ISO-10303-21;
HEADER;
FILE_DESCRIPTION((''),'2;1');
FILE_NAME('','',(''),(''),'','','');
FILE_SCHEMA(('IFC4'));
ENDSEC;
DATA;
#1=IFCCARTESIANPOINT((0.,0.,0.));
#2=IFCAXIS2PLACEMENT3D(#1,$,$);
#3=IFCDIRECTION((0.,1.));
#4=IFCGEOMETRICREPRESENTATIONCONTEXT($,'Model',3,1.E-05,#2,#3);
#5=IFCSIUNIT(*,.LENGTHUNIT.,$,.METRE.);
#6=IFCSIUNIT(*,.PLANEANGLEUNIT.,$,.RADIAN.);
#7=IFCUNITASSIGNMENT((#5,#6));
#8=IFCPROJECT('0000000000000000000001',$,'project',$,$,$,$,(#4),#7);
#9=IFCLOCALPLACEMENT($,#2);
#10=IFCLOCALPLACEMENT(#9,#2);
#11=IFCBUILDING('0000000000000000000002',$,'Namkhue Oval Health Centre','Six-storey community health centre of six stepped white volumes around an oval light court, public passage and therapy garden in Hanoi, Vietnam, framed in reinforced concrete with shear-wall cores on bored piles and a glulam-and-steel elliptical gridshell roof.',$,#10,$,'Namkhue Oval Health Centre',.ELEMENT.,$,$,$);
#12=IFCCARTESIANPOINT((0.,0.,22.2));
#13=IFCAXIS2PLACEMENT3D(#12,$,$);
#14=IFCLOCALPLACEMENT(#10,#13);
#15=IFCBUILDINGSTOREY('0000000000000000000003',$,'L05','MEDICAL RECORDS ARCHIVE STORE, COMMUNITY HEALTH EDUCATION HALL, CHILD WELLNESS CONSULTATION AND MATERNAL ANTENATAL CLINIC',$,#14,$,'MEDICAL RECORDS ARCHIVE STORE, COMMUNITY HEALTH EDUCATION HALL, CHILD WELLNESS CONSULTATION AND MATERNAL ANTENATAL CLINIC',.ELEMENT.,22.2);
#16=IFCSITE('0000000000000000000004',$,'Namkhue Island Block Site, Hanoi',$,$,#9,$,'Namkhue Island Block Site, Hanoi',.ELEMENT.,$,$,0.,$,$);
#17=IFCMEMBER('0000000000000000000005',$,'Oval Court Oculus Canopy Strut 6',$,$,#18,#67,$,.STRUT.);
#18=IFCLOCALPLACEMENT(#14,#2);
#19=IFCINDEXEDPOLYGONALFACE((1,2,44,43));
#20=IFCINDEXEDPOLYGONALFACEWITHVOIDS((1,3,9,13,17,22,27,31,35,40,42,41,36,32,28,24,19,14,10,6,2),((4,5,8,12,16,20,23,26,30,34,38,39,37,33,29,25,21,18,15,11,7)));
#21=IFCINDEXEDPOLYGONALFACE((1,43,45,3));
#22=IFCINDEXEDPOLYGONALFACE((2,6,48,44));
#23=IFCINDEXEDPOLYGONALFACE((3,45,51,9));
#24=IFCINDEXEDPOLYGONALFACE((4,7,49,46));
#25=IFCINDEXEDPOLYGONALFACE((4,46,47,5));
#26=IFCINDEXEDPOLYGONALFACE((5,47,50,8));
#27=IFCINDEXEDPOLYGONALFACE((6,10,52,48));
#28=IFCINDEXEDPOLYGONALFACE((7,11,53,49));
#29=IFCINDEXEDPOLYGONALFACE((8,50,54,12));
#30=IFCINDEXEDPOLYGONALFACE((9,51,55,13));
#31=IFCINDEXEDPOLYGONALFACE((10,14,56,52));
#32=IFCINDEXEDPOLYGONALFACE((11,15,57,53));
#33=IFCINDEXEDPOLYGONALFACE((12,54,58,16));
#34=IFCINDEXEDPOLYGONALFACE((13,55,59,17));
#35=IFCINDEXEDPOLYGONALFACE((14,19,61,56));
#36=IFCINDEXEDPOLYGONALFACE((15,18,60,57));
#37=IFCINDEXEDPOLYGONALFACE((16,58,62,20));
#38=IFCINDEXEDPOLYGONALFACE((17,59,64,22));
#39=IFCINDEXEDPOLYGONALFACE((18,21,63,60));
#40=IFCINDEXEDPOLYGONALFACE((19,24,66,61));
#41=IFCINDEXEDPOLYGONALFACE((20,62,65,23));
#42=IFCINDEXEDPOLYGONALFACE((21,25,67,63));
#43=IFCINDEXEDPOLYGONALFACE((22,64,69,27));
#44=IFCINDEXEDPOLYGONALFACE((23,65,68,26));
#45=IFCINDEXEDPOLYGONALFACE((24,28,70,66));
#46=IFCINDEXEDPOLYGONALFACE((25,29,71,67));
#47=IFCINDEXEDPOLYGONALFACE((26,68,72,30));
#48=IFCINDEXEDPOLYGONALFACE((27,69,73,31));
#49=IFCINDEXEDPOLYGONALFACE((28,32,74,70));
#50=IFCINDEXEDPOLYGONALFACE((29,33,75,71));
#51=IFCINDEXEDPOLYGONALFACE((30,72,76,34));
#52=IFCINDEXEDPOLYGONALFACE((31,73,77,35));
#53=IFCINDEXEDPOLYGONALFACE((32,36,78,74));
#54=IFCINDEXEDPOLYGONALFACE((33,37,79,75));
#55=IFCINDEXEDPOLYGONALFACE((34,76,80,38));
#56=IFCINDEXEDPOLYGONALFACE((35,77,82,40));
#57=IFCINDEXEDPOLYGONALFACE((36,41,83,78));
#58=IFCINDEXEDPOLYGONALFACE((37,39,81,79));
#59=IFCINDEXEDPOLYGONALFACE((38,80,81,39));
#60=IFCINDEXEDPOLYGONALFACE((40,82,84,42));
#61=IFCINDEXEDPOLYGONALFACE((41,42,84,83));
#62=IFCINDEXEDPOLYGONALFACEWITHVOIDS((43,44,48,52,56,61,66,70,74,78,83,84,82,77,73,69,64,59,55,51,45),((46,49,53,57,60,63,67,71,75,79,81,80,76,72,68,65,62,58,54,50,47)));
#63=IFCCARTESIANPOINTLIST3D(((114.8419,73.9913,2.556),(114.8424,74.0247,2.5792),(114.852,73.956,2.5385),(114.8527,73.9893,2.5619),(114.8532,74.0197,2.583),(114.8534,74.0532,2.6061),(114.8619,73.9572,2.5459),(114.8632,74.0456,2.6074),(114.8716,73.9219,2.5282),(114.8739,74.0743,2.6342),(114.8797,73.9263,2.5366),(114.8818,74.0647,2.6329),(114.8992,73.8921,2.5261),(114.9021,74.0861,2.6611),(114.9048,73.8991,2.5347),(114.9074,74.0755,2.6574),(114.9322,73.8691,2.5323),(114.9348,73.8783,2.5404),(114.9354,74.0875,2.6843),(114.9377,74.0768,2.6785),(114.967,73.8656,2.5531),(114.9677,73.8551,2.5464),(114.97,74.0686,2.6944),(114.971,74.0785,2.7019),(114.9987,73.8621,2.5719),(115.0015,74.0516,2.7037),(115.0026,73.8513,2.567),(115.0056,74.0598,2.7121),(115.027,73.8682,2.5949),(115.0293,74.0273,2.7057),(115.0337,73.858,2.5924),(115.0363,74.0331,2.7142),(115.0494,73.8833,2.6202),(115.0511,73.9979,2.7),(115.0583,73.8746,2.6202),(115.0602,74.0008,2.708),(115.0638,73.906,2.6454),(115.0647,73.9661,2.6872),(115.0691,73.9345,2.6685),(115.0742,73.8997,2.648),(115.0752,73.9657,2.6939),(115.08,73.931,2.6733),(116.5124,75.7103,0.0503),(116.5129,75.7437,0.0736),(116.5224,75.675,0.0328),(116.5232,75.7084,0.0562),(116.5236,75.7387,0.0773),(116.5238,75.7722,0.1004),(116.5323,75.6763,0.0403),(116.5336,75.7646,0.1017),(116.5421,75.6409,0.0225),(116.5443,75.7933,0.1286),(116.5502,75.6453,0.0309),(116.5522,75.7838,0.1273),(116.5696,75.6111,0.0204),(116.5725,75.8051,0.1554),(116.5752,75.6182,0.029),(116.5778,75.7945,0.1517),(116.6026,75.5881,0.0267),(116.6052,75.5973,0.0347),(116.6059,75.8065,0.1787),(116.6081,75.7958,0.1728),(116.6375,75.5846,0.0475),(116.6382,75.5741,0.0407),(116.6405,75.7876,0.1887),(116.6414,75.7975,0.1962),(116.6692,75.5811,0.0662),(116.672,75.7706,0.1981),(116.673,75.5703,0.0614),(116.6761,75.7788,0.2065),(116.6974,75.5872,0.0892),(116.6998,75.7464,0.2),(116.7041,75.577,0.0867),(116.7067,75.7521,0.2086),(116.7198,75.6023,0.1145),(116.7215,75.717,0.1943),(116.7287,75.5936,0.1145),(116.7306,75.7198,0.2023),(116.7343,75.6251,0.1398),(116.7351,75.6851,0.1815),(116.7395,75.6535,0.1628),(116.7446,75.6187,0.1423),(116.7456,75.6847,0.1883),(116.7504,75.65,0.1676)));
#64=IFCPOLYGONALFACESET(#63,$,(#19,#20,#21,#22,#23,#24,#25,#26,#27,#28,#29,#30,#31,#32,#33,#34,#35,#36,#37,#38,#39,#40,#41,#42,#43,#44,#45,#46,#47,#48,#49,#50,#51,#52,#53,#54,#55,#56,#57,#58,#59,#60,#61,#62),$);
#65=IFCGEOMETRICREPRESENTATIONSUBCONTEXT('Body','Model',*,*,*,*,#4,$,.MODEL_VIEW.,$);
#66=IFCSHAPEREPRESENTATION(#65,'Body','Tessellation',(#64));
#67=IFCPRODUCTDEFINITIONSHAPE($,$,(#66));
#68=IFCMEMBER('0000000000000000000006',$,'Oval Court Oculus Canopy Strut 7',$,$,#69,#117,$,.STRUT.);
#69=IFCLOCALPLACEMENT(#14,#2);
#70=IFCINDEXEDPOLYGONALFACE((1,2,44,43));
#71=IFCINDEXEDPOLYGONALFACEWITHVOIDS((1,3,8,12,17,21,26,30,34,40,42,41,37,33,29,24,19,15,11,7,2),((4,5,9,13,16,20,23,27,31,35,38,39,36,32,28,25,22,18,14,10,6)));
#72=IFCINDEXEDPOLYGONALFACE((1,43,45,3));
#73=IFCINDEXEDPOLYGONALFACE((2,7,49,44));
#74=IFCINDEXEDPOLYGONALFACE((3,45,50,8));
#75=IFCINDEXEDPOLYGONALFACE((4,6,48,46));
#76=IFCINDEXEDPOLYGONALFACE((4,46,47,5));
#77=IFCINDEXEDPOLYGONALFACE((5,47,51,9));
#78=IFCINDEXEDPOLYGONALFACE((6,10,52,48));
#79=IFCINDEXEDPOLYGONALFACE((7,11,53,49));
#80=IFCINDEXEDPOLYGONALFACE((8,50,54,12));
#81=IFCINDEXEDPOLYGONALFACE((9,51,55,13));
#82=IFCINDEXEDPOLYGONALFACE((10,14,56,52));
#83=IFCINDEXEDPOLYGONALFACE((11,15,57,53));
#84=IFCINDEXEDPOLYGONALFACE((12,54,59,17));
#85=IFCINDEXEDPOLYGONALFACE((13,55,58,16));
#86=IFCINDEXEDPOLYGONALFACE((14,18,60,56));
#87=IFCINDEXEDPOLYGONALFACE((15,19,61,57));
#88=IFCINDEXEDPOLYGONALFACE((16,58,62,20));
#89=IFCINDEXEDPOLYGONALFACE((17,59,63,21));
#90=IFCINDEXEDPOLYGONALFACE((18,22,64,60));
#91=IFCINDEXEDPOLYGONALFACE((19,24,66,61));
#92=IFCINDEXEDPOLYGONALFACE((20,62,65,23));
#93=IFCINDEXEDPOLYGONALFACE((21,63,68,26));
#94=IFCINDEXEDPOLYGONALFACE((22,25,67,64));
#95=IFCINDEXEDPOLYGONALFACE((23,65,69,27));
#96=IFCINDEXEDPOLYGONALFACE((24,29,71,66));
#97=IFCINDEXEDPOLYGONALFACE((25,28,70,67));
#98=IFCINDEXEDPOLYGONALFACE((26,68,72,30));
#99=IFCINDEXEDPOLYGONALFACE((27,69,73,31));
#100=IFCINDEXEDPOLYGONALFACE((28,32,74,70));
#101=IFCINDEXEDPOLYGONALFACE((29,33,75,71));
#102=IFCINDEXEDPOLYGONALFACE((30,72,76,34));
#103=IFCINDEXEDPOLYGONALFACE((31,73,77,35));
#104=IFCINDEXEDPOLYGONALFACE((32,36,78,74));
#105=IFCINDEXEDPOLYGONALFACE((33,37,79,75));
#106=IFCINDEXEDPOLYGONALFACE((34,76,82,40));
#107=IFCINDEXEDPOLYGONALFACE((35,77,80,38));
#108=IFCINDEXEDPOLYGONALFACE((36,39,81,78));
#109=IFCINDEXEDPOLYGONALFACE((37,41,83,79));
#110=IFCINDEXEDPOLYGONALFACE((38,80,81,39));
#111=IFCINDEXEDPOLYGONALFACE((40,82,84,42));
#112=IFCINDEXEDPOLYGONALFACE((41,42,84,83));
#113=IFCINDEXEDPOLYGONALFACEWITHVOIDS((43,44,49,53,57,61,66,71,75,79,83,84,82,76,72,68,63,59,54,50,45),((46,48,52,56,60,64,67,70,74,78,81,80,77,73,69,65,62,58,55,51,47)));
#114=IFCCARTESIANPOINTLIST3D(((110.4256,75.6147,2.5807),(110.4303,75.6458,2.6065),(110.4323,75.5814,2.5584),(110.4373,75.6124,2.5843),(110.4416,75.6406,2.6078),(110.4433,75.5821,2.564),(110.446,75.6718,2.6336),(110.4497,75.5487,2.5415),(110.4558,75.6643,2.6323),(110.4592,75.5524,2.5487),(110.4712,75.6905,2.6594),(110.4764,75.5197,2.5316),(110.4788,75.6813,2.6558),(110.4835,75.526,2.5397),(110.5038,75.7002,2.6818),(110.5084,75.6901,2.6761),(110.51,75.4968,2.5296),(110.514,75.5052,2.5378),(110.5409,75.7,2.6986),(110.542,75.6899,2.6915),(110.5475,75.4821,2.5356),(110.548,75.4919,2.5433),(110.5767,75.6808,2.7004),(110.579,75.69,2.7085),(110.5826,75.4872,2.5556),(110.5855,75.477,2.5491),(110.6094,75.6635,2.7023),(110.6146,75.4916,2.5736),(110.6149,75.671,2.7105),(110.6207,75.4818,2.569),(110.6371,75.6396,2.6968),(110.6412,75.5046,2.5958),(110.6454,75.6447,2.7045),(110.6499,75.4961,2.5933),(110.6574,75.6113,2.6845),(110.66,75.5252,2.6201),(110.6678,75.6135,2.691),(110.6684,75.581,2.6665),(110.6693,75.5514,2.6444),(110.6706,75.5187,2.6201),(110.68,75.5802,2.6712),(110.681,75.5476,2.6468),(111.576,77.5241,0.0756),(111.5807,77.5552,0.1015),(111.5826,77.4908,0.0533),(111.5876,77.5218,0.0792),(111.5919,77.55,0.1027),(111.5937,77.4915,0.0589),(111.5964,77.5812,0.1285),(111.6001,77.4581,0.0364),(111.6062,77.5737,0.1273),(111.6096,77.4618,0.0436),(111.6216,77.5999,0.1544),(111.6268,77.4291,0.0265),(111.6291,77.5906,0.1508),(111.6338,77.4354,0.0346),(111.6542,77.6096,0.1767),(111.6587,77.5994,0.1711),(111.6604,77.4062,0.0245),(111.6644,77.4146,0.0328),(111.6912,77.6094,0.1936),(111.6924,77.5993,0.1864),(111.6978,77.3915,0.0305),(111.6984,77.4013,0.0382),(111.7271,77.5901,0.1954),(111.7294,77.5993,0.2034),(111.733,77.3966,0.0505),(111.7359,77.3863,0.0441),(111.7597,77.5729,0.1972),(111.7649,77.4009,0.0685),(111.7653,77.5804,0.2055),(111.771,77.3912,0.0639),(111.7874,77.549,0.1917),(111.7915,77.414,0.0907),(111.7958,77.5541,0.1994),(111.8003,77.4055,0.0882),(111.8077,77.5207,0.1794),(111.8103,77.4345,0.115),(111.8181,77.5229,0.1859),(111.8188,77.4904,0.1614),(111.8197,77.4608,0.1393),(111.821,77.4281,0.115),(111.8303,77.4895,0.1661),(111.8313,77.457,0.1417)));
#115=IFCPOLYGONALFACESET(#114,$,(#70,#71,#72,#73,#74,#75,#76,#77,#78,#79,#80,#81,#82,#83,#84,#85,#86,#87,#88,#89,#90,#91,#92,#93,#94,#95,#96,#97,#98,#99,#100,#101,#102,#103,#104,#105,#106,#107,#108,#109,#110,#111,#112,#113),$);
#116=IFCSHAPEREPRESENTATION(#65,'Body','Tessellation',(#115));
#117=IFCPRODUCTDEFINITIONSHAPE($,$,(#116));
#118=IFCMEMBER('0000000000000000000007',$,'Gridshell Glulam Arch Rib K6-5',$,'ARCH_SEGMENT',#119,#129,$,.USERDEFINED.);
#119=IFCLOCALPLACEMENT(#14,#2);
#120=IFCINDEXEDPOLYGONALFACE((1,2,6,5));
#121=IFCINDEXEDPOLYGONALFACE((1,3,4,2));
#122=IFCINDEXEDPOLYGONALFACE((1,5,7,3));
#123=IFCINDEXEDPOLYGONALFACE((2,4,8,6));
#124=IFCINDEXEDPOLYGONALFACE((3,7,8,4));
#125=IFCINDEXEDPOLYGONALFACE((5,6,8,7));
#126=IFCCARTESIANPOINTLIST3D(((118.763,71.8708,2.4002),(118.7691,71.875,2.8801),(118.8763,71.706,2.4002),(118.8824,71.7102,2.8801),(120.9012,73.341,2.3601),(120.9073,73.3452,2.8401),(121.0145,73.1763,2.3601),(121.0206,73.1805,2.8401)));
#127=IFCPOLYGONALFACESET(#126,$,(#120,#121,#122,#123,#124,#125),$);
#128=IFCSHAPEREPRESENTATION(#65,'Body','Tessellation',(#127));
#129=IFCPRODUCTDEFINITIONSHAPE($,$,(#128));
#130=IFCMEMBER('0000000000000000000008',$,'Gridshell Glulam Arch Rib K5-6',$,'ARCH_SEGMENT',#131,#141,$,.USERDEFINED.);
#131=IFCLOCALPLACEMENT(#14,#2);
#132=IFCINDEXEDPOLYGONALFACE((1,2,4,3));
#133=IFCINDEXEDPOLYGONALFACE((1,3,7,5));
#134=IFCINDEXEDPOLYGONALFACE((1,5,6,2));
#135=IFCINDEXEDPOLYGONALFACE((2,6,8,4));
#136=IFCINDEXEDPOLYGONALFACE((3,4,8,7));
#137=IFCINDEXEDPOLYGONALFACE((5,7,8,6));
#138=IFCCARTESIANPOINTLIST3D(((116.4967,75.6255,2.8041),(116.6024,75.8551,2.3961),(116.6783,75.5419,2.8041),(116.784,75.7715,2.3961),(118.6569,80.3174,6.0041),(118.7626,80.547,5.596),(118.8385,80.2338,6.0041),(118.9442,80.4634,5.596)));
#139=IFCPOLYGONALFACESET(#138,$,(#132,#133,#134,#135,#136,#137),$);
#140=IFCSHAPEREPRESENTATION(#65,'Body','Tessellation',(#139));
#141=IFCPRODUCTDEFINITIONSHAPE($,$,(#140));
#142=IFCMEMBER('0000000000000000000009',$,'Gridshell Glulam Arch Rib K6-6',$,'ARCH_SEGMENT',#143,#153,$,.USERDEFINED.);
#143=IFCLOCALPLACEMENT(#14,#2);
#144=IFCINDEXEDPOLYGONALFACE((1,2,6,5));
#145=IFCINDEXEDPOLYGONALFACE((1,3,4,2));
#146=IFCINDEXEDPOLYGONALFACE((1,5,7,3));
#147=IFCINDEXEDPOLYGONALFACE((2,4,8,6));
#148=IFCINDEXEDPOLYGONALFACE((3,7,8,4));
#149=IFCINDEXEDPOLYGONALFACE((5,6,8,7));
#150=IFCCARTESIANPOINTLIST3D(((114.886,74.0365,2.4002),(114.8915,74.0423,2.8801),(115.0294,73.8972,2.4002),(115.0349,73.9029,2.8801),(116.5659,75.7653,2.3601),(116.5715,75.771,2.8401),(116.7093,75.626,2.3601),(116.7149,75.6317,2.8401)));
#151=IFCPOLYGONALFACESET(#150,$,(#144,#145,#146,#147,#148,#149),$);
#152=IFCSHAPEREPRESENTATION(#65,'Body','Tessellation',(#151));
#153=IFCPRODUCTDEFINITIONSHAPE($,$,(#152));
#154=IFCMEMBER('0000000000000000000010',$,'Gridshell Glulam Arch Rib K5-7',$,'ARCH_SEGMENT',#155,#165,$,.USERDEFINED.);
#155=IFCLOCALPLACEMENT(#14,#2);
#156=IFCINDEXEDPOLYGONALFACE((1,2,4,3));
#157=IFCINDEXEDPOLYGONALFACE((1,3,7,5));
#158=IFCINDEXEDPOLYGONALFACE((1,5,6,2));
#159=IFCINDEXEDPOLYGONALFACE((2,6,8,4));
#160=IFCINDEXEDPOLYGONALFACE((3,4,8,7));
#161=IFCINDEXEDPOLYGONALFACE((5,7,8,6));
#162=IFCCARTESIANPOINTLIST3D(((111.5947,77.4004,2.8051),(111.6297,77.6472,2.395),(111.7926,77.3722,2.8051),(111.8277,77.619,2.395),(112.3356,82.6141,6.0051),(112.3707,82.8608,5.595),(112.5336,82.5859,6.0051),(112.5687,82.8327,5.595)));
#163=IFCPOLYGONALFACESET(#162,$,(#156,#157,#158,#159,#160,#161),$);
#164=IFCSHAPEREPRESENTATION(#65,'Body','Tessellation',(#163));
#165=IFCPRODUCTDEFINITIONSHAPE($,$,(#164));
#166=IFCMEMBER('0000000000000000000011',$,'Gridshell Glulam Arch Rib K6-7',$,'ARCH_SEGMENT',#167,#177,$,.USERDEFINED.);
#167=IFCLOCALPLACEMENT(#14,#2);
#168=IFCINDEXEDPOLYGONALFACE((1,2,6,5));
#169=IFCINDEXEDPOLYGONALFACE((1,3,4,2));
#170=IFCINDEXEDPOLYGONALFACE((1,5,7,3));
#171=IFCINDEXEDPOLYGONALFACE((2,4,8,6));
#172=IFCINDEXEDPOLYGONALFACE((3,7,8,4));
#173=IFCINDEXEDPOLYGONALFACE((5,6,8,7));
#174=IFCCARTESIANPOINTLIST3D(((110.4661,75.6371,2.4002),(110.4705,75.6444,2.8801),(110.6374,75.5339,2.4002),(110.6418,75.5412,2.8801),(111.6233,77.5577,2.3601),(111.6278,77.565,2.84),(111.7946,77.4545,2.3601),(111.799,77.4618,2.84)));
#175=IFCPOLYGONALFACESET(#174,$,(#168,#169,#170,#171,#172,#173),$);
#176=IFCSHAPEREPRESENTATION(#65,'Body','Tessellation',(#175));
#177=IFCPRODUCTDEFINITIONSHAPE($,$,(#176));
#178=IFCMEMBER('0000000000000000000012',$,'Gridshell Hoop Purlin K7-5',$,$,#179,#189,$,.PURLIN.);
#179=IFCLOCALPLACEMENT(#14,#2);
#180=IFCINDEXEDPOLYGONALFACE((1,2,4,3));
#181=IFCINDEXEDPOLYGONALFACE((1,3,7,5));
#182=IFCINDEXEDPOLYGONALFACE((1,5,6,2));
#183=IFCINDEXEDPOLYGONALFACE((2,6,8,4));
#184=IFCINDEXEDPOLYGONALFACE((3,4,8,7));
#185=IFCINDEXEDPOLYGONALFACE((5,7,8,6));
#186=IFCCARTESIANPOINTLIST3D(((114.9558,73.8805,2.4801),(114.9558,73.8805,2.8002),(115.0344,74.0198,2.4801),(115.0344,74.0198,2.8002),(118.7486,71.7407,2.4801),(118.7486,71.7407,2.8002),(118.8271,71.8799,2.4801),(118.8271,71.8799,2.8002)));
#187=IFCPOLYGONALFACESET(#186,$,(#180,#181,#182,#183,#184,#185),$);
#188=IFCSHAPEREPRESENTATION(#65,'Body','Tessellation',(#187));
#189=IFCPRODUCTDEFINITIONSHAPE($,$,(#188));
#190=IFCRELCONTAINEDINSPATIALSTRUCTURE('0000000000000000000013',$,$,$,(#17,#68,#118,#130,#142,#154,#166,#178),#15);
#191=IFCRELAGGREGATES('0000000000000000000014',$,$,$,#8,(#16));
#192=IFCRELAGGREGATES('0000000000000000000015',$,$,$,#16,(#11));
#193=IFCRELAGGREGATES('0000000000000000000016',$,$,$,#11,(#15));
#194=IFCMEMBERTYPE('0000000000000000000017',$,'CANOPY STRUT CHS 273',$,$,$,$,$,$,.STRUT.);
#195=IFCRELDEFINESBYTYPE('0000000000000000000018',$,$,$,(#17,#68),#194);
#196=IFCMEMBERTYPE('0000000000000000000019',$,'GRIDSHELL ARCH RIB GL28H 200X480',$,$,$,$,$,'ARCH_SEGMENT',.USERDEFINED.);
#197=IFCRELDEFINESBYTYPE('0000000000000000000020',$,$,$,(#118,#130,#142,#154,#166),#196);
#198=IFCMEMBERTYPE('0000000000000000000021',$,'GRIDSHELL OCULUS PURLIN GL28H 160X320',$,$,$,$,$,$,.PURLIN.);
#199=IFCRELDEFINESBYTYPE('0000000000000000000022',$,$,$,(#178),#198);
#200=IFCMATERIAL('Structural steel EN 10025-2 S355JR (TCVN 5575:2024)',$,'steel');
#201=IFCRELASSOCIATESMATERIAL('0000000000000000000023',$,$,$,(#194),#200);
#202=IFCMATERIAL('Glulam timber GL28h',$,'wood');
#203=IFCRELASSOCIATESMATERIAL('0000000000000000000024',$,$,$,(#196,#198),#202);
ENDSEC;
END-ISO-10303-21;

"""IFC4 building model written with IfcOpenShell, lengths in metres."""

from ifc_helpers import new_model, si_unit, direction, frame, origin, origin_2d, place, context, subcontext, project, spatial, rectangle, hollow_circle, extrude, material, material_profile, profile_set, type_object, element, save


model = new_model("IFC4")

# Units and contexts
model_context = context("Model", 3, precision=1e-05, world=origin(), true_north=direction((0.0, 1.0)))
body_context = subcontext(model_context, "Body", "Model", "MODEL_VIEW")
ifc_project = project(units=[si_unit("LENGTHUNIT", "METRE"), si_unit("PLANEANGLEUNIT", "RADIAN")], contexts=[model_context])

# Site, building, storey
site_placement = place(None, origin())
site = spatial("IfcSite", under=ifc_project, at=site_placement, Name="Namkhue Island Block Site, Hanoi", LongName="Namkhue Island Block Site, Hanoi", CompositionType="ELEMENT", RefElevation=0.0)
building_placement = place(site_placement, origin())
building = spatial("IfcBuilding", under=site, at=building_placement, Name="Namkhue Oval Health Centre", Description="Six-storey community health centre of six stepped white volumes around an oval light court, public passage and therapy garden in Hanoi, Vietnam, framed in reinforced concrete with shear-wall cores on bored piles and a glulam-and-steel elliptical gridshell roof.", LongName="Namkhue Oval Health Centre", CompositionType="ELEMENT")
storey_placement = place(building_placement, frame((0.0, 0.0, 22.2)))
storey = spatial("IfcBuildingStorey", under=building, at=storey_placement, Name="L05", Description="MEDICAL RECORDS ARCHIVE STORE, COMMUNITY HEALTH EDUCATION HALL, CHILD WELLNESS CONSULTATION AND MATERNAL ANTENATAL CLINIC", LongName="MEDICAL RECORDS ARCHIVE STORE, COMMUNITY HEALTH EDUCATION HALL, CHILD WELLNESS CONSULTATION AND MATERNAL ANTENATAL CLINIC", CompositionType="ELEMENT", Elevation=22.2)

# Members
ifc_material_1 = material(Name="Structural steel EN 10025-2 S355JR (TCVN 5575:2024)", Category="steel")
ifc_material_profile_1 = material_profile(ifc_material_1, hollow_circle(Radius=0.1365, WallThickness=0.0125, at=origin_2d()), Name="CHS 273x12.5")
ifc_profile_set_1 = profile_set([ifc_material_profile_1], Name="Structural steel EN 10025-2 S355JR (TCVN 5575:2024)")
member_type_1 = type_object("IfcMemberType", Name="CANOPY STRUT CHS 273", PredefinedType="STRUT", material=ifc_profile_set_1)
member_1_placement = place(storey_placement, frame((116.6309, 75.6887, 0.1145), z_axis=(-0.481738, -0.495749, 0.722607), x_axis=(0.717169, -0.696899, 0.0)))
element("IfcMember", 1, at=member_1_placement, inside=storey, type_object=member_type_1, Name="Oval Court Oculus Canopy Strut 6", PredefinedType="STRUT", context=body_context, shape_type="SweptSolid", body=[
    extrude(hollow_circle(Radius=0.1365, WallThickness=0.0125, at=origin_2d()), origin(), (0.0, 0.0, 1.0), 3.4675),
])
member_2_placement = place(storey_placement, frame((111.7041, 77.4985, 0.115), z_axis=(-0.343057, -0.569408, 0.747052), x_axis=(0.856554, -0.516057, 0.0)))
element("IfcMember", 2, at=member_2_placement, inside=storey, type_object=member_type_1, Name="Oval Court Oculus Canopy Strut 7", PredefinedType="STRUT", context=body_context, shape_type="SweptSolid", body=[
    extrude(hollow_circle(Radius=0.1365, WallThickness=0.0125, at=origin_2d()), origin(), (0.0, 0.0, 1.0), 3.3533),
])
ifc_material_2 = material(Name="Glulam timber GL28h", Category="wood")
ifc_material_profile_2 = material_profile(ifc_material_2, rectangle(XDim=0.2, YDim=0.48, at=origin_2d()), Name="GL28h 200x480")
ifc_profile_set_2 = profile_set([ifc_material_profile_2], Name="Glulam timber GL28h")
member_type_2 = type_object("IfcMemberType", Name="GRIDSHELL ARCH RIB GL28H 200X480", ElementType="ARCH_SEGMENT", PredefinedType="USERDEFINED", material=ifc_profile_set_2)
member_3_placement = place(storey_placement, frame((120.9609, 73.2607, 2.6001), z_axis=(-0.823905, -0.566517, 0.015428), x_axis=(0.566585, -0.824003, 0.0)))
element("IfcMember", 3, at=member_3_placement, inside=storey, type_object=member_type_2, Name="Gridshell Glulam Arch Rib K6-5", ObjectType="ARCH_SEGMENT", PredefinedType="USERDEFINED", context=body_context, shape_type="SweptSolid", body=[
    extrude(rectangle(XDim=0.2, YDim=0.48, at=origin_2d()), origin(), (0.0, 0.0, 1.0), 2.5952),
])
member_4_placement = place(storey_placement, frame((118.8005, 80.3904, 5.8), z_axis=(-0.355513, -0.77218, -0.52664), x_axis=(0.908352, -0.418207, 0.0)))
element("IfcMember", 4, at=member_4_placement, inside=storey, type_object=member_type_2, Name="Gridshell Glulam Arch Rib K5-6", ObjectType="ARCH_SEGMENT", PredefinedType="USERDEFINED", context=body_context, shape_type="SweptSolid", body=[
    extrude(rectangle(XDim=0.2, YDim=0.48, at=origin_2d()), origin(), (0.0, 0.0, 1.0), 6.0762),
])
member_5_placement = place(storey_placement, frame((116.6404, 75.6985, 2.6001), z_axis=(-0.69681, -0.717063, 0.016608), x_axis=(0.717162, -0.696906, 0.0)))
element("IfcMember", 5, at=member_5_placement, inside=storey, type_object=member_type_2, Name="Gridshell Glulam Arch Rib K6-6", ObjectType="ARCH_SEGMENT", PredefinedType="USERDEFINED", context=body_context, shape_type="SweptSolid", body=[
    extrude(rectangle(XDim=0.2, YDim=0.48, at=origin_2d()), origin(), (0.0, 0.0, 1.0), 2.4109),
])
member_6_placement = place(storey_placement, frame((112.4521, 82.7234, 5.8), z_axis=(-0.120247, -0.846089, -0.519302), x_axis=(0.990051, -0.140707, 0.0)))
element("IfcMember", 6, at=member_6_placement, inside=storey, type_object=member_type_2, Name="Gridshell Glulam Arch Rib K5-7", ObjectType="ARCH_SEGMENT", PredefinedType="USERDEFINED", context=body_context, shape_type="SweptSolid", body=[
    extrude(rectangle(XDim=0.2, YDim=0.48, at=origin_2d()), origin(), (0.0, 0.0, 1.0), 6.1621),
])
member_7_placement = place(storey_placement, frame((111.7112, 77.5098, 2.6001), z_axis=(-0.515998, -0.856404, 0.017853), x_axis=(0.85654, -0.51608, 0.0)))
element("IfcMember", 7, at=member_7_placement, inside=storey, type_object=member_type_2, Name="Gridshell Glulam Arch Rib K6-7", ObjectType="ARCH_SEGMENT", PredefinedType="USERDEFINED", context=body_context, shape_type="SweptSolid", body=[
    extrude(rectangle(XDim=0.2, YDim=0.48, at=origin_2d()), origin(), (0.0, 0.0, 1.0), 2.2427),
])
ifc_material_profile_3 = material_profile(ifc_material_2, rectangle(XDim=0.1599, YDim=0.3201, at=origin_2d()), Name="GL28h 160x320")
ifc_profile_set_3 = profile_set([ifc_material_profile_3], Name="Glulam timber GL28h")
member_type_3 = type_object("IfcMemberType", Name="GRIDSHELL OCULUS PURLIN GL28H 160X320", PredefinedType="PURLIN", material=ifc_profile_set_3)
member_8_placement = place(storey_placement, frame((118.7878, 71.8103, 2.6401), z_axis=(-0.870938, 0.491392, 0.0), x_axis=(-0.491392, -0.870938, 0.0)))
element("IfcMember", 8, at=member_8_placement, inside=storey, type_object=member_type_3, Name="Gridshell Hoop Purlin K7-5", PredefinedType="PURLIN", context=body_context, shape_type="SweptSolid", body=[
    extrude(rectangle(XDim=0.1599, YDim=0.3201, at=origin_2d()), origin(), (0.0, 0.0, 1.0), 4.3547),
])

save(model, "model.ifc")
